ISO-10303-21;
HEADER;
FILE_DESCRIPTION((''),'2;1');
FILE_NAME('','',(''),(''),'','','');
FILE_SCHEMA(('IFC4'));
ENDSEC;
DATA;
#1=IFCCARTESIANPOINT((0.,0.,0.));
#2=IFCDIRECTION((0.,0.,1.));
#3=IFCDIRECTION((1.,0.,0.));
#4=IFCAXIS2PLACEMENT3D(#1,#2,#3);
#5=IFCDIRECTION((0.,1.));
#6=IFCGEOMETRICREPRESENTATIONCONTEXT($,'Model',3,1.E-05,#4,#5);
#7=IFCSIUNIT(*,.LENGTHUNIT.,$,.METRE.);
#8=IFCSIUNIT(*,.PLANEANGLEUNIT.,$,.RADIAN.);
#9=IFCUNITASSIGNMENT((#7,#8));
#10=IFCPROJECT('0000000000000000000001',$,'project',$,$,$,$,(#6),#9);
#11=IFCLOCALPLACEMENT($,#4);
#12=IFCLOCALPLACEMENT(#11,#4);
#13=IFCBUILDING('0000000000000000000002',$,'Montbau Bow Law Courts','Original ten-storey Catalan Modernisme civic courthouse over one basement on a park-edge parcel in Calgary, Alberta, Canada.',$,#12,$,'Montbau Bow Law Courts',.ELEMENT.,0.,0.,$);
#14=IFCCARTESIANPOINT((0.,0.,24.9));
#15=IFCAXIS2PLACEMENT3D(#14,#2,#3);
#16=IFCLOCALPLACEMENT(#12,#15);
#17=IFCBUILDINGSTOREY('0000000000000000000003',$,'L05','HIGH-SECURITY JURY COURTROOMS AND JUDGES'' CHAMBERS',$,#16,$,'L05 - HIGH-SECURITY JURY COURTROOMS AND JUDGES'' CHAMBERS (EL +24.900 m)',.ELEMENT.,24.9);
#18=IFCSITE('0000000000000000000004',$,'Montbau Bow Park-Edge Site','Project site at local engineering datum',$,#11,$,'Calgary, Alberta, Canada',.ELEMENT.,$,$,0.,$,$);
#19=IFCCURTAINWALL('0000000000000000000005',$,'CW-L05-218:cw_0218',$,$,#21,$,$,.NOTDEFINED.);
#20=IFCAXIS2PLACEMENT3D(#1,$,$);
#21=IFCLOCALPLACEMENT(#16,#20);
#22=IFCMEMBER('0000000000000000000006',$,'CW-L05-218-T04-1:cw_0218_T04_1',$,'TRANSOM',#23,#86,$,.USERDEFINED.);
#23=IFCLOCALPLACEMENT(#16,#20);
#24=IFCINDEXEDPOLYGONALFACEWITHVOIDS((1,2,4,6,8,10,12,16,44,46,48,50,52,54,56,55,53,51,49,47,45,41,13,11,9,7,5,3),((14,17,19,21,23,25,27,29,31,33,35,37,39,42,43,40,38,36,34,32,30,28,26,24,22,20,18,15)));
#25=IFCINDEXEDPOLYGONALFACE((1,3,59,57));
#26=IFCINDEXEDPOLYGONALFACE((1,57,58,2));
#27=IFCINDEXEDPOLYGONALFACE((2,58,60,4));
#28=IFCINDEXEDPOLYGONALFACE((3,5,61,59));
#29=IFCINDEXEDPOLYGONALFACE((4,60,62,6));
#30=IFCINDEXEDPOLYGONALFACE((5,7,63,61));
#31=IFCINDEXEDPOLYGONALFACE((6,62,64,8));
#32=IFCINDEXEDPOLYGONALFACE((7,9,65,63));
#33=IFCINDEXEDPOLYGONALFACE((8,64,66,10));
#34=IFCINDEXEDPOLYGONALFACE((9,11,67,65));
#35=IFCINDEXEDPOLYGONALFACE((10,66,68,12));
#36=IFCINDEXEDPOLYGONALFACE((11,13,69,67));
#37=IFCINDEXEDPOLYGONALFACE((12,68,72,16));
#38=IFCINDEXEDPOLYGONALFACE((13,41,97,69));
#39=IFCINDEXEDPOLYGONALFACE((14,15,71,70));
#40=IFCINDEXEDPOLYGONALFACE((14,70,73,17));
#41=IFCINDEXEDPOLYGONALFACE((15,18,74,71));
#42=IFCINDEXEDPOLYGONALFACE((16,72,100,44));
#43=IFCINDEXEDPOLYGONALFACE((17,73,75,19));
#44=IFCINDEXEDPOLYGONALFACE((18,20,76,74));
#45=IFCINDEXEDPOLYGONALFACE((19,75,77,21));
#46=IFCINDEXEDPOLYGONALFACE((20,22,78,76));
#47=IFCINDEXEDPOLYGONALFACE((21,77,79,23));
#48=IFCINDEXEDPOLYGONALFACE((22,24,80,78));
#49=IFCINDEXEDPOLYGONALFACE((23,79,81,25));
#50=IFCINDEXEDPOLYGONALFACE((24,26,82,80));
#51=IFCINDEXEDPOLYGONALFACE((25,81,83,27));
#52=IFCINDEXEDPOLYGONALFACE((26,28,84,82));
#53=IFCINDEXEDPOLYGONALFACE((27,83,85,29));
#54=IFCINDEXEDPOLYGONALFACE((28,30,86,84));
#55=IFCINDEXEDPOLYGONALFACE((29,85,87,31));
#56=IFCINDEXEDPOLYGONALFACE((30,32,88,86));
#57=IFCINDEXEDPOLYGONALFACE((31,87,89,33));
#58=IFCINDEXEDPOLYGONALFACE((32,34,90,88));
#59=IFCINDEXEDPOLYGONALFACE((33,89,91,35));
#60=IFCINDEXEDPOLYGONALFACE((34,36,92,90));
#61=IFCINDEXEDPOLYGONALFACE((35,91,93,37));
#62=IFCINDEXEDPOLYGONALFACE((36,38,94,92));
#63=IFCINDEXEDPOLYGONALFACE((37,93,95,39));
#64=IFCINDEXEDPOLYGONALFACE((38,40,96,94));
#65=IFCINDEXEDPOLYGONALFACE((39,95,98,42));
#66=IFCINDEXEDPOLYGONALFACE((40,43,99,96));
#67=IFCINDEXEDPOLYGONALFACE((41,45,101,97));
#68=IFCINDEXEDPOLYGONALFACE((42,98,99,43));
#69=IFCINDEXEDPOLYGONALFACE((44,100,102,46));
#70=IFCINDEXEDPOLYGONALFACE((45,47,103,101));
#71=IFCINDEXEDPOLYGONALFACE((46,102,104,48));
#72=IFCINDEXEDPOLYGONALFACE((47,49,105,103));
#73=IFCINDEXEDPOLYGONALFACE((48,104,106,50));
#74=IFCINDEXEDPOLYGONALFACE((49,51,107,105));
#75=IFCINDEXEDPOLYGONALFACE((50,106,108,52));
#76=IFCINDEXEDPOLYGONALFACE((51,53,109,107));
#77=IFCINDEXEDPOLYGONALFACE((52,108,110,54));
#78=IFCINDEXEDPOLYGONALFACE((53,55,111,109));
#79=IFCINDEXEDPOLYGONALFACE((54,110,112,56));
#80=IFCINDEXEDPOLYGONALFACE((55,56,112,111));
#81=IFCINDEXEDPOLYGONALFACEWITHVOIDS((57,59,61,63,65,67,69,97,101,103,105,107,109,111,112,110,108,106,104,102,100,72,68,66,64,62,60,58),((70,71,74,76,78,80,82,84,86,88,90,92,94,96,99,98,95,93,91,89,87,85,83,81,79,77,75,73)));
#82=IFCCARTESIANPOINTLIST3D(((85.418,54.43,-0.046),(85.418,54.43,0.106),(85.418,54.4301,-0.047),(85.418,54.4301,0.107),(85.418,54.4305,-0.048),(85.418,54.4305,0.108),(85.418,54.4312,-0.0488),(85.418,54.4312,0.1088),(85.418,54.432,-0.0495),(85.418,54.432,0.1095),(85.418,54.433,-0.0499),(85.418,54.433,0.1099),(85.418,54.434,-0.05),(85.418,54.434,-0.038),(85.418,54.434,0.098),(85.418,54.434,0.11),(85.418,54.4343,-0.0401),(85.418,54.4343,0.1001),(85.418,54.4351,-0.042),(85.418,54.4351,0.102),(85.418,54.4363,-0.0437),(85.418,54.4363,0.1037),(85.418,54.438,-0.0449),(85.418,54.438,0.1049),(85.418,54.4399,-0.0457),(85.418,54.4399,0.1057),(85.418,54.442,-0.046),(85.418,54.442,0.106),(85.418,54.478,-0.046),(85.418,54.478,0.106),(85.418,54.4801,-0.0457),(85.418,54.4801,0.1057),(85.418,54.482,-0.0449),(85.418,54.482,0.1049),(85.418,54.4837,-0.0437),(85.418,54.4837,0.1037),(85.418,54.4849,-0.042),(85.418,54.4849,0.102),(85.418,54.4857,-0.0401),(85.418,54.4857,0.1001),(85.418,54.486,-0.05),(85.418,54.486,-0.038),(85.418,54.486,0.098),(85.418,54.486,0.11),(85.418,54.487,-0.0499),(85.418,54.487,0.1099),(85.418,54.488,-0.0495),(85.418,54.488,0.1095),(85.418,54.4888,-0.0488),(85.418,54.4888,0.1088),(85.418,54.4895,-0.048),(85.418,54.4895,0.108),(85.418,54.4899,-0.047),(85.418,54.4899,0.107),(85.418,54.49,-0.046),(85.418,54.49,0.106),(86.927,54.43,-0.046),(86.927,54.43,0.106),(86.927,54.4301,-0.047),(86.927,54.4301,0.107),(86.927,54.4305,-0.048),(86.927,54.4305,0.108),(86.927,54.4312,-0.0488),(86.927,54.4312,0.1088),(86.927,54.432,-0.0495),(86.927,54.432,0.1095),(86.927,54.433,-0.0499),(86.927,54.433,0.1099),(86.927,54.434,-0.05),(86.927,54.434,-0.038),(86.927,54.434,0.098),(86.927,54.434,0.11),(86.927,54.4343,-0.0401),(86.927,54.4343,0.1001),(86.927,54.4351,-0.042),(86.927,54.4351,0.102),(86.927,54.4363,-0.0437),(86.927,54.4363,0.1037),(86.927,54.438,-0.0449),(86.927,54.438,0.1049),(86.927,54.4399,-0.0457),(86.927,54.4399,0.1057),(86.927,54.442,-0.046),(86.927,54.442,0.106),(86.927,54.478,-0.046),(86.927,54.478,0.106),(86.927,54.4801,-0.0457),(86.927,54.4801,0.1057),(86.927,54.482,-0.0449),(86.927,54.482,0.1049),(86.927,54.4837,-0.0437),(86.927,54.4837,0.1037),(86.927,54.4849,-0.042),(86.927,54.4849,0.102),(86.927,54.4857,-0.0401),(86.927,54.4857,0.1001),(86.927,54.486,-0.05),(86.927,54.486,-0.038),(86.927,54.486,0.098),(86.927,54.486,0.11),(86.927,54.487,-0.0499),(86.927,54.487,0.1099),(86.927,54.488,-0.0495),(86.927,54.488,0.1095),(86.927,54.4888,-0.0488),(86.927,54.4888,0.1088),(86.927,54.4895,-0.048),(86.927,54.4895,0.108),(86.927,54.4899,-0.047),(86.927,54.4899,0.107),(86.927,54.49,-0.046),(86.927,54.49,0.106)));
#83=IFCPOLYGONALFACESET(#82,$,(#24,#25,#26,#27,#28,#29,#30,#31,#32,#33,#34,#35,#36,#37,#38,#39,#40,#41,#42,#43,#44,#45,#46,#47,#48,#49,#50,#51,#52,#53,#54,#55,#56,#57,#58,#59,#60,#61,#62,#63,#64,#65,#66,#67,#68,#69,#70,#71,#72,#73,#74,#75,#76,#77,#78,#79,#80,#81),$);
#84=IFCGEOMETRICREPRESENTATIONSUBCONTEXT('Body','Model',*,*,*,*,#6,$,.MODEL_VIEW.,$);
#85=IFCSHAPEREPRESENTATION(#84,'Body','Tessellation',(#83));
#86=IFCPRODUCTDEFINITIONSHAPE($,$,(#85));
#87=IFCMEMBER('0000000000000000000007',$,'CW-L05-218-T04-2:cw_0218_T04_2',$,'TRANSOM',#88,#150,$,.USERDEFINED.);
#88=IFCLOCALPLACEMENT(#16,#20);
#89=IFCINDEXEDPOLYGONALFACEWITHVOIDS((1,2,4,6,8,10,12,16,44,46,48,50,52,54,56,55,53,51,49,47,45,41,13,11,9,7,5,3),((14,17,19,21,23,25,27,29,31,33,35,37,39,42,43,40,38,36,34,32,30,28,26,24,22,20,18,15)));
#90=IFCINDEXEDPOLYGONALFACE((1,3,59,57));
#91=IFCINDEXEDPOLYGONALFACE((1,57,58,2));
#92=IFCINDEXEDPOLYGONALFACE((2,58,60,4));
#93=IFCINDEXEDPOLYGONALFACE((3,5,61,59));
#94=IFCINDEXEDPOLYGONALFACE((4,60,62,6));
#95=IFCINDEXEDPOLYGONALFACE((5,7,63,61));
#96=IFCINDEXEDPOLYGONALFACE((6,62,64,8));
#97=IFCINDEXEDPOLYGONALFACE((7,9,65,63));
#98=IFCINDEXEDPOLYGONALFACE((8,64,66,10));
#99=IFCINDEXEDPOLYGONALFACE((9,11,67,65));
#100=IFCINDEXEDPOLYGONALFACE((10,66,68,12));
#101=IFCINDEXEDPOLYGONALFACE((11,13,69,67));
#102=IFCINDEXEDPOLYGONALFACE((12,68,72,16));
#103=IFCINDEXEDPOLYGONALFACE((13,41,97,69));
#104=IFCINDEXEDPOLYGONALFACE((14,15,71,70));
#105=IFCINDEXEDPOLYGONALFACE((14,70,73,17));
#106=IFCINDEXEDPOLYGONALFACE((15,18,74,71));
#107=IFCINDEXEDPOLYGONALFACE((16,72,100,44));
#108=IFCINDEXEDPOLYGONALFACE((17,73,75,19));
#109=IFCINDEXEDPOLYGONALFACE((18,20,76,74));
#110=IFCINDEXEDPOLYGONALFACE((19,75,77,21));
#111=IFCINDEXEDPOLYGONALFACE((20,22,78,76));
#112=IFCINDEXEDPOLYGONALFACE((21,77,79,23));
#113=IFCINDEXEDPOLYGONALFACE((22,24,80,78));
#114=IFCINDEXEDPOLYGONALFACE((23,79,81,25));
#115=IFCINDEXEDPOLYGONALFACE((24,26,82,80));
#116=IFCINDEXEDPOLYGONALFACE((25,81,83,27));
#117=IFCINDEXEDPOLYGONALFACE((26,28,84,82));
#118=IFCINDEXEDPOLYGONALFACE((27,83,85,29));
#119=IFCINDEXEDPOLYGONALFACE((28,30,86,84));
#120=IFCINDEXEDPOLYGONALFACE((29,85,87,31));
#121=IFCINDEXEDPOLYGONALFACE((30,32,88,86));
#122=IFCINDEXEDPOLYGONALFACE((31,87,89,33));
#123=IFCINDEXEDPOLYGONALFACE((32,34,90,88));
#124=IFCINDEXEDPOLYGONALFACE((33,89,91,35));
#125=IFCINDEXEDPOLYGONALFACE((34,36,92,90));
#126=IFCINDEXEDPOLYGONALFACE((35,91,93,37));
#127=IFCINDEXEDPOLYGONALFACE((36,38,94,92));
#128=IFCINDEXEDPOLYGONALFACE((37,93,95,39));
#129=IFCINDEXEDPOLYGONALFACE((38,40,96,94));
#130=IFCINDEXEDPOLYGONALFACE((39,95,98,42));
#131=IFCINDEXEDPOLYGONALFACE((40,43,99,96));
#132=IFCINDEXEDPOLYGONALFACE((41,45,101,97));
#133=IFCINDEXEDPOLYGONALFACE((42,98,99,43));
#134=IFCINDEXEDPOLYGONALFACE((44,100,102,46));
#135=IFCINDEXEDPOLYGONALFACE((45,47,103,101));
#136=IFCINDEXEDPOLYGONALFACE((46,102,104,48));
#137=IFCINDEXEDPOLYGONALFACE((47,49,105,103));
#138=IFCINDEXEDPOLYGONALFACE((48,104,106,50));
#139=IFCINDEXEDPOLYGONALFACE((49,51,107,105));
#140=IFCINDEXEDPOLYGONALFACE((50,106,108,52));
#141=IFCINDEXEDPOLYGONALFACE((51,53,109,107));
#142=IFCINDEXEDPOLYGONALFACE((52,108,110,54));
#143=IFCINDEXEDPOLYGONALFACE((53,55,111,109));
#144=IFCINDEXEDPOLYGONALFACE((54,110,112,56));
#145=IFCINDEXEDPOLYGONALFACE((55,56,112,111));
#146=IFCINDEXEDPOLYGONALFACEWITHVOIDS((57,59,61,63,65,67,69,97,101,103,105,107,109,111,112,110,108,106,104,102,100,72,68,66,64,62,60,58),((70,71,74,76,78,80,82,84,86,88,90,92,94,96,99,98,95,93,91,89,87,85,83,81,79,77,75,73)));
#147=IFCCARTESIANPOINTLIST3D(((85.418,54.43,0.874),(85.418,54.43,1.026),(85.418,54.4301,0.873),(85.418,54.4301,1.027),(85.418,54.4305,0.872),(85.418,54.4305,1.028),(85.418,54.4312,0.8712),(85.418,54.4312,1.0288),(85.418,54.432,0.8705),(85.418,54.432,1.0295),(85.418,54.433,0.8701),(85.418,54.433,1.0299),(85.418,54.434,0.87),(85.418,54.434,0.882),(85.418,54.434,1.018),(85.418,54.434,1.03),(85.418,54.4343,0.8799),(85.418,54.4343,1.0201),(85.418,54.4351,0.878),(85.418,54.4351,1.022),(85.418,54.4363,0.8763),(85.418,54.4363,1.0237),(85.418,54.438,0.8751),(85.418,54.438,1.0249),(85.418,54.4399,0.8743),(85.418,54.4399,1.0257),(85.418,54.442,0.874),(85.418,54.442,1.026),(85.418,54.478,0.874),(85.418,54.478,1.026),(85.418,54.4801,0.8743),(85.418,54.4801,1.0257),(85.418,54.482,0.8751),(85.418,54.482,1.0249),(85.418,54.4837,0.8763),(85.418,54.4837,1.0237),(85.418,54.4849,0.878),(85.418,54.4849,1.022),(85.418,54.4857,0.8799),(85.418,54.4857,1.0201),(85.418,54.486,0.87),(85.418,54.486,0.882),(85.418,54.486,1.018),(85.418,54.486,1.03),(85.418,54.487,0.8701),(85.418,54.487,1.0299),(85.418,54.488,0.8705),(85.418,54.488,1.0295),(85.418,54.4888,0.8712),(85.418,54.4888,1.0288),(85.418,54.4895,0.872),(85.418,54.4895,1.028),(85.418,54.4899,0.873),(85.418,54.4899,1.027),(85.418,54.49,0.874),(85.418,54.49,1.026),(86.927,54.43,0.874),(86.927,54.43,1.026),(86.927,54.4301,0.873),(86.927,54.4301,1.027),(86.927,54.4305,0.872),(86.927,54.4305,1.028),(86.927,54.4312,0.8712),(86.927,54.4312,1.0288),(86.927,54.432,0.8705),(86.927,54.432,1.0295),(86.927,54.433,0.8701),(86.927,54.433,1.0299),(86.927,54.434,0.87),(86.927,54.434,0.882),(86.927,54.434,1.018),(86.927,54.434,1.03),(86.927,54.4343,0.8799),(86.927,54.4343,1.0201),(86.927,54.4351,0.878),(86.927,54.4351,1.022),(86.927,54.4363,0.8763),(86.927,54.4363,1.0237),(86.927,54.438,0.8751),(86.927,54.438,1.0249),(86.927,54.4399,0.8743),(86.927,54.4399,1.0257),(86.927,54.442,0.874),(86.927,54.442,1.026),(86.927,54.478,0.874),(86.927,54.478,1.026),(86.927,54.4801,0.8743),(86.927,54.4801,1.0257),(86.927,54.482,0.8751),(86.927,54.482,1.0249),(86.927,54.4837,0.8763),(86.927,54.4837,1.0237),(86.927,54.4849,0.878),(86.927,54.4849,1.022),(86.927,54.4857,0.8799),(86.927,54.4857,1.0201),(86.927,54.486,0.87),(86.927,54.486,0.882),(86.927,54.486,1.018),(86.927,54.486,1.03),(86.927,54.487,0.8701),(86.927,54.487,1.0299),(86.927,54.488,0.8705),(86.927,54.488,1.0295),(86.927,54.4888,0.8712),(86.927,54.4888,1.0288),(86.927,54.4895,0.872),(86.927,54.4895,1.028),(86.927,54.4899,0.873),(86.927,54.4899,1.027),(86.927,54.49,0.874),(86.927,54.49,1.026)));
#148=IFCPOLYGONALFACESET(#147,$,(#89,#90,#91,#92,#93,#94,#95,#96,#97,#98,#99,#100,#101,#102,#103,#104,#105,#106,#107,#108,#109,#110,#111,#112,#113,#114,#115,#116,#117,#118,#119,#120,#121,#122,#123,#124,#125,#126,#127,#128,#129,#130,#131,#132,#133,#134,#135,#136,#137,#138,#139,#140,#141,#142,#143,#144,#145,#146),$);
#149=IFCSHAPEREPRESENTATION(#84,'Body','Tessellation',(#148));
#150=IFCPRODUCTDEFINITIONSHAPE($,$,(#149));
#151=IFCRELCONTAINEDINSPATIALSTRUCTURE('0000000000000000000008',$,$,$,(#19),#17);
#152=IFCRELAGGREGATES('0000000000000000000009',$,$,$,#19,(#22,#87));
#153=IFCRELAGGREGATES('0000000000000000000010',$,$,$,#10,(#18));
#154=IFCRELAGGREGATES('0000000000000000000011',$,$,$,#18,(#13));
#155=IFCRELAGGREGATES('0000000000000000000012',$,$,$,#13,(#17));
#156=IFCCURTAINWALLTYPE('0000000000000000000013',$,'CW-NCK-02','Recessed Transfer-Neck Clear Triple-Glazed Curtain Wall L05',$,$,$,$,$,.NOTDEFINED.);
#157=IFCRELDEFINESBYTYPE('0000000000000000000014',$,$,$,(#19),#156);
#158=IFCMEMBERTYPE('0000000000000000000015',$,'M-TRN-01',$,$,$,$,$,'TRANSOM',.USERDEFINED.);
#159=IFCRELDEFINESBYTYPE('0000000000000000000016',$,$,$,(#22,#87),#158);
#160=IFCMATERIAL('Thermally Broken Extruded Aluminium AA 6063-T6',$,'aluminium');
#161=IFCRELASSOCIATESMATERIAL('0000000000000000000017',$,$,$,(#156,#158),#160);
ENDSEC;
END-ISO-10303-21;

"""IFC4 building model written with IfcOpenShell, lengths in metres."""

from ifc_helpers import new_model, si_unit, direction, frame, origin_with_axes, origin_2d_with_axis, place, context, subcontext, project, spatial, hollow_rectangle, extrude, material, material_profile, profile_set, type_object, element, aggregate, save


model = new_model("IFC4")

# Units and contexts
model_context = context("Model", 3, precision=1e-05, world=origin_with_axes(), true_north=direction((0.0, 1.0)))
body_context = subcontext(model_context, "Body", "Model", "MODEL_VIEW")
ifc_project = project(units=[si_unit("LENGTHUNIT", "METRE"), si_unit("PLANEANGLEUNIT", "RADIAN")], contexts=[model_context])

# Site, building, storey
site_placement = place(None, origin_with_axes())
site = spatial("IfcSite", under=ifc_project, at=site_placement, Name="Montbau Bow Park-Edge Site", Description="Project site at local engineering datum", LongName="Calgary, Alberta, Canada", CompositionType="ELEMENT", RefElevation=0.0)
building_placement = place(site_placement, origin_with_axes())
building = spatial("IfcBuilding", under=site, at=building_placement, Name="Montbau Bow Law Courts", Description="Original ten-storey Catalan Modernisme civic courthouse over one basement on a park-edge parcel in Calgary, Alberta, Canada.", LongName="Montbau Bow Law Courts", CompositionType="ELEMENT", ElevationOfRefHeight=0.0, ElevationOfTerrain=0.0)
storey_placement = place(building_placement, frame((0.0, 0.0, 24.9), z_axis=(0.0, 0.0, 1.0), x_axis=(1.0, 0.0, 0.0)))
storey = spatial("IfcBuildingStorey", under=building, at=storey_placement, Name="L05", Description="HIGH-SECURITY JURY COURTROOMS AND JUDGES' CHAMBERS", LongName="L05 - HIGH-SECURITY JURY COURTROOMS AND JUDGES' CHAMBERS (EL +24.900 m)", CompositionType="ELEMENT", Elevation=24.9)

# Curtain wall, members
ifc_material_1 = material(Name="Thermally Broken Extruded Aluminium AA 6063-T6", Category="aluminium")
curtain_wall_type = type_object("IfcCurtainWallType", Name="CW-NCK-02", Description="Recessed Transfer-Neck Clear Triple-Glazed Curtain Wall L05", PredefinedType="NOTDEFINED", material=ifc_material_1)
curtain_wall_placement = place(None, frame((80.668, 54.46, 24.9), z_axis=(0.0, 0.0, 1.0), x_axis=(1.0, 0.0, 0.0)))
curtain_wall = element("IfcCurtainWall", 1, at=curtain_wall_placement, inside=storey, type_object=curtain_wall_type, Name="CW-L05-218:cw_0218", PredefinedType="NOTDEFINED")
ifc_material_profile_1 = material_profile(ifc_material_1, hollow_rectangle(XDim=0.06, YDim=0.16, WallThickness=0.004, InnerFilletRadius=0.008, OuterFilletRadius=0.004, at=origin_2d_with_axis()), Name="CWT-160X60", Category="Main", Priority=0)
ifc_profile_set_1 = profile_set([ifc_material_profile_1], Name="Thermally Broken Extruded Aluminium AA 6063-T6")
member_type_1 = type_object("IfcMemberType", Name="M-TRN-01", ElementType="TRANSOM", PredefinedType="USERDEFINED", material=ifc_profile_set_1)
member_1_placement = place(None, frame((85.418, 54.46, 24.93), z_axis=(1.0, 0.0, 0.0), x_axis=(0.0, 1.0, 0.0)))
member_1 = element("IfcMember", 2, at=member_1_placement, type_object=member_type_1, Name="CW-L05-218-T04-1:cw_0218_T04_1", ObjectType="TRANSOM", PredefinedType="USERDEFINED", context=body_context, shape_type="SweptSolid", body=[
    extrude(hollow_rectangle(XDim=0.06, YDim=0.16, WallThickness=0.004, InnerFilletRadius=0.008, OuterFilletRadius=0.004, at=origin_2d_with_axis()), origin_with_axes(), (0.0, 0.0, 1.0), 1.509),
])
member_2_placement = place(None, frame((85.418, 54.46, 25.85), z_axis=(1.0, 0.0, 0.0), x_axis=(0.0, 1.0, 0.0)))
member_2 = element("IfcMember", 3, at=member_2_placement, type_object=member_type_1, Name="CW-L05-218-T04-2:cw_0218_T04_2", ObjectType="TRANSOM", PredefinedType="USERDEFINED", context=body_context, shape_type="SweptSolid", body=[
    extrude(hollow_rectangle(XDim=0.06, YDim=0.16, WallThickness=0.004, InnerFilletRadius=0.008, OuterFilletRadius=0.004, at=origin_2d_with_axis()), origin_with_axes(), (0.0, 0.0, 1.0), 1.509),
])
aggregate(curtain_wall, [member_1, member_2])

save(model, "model.ifc")
